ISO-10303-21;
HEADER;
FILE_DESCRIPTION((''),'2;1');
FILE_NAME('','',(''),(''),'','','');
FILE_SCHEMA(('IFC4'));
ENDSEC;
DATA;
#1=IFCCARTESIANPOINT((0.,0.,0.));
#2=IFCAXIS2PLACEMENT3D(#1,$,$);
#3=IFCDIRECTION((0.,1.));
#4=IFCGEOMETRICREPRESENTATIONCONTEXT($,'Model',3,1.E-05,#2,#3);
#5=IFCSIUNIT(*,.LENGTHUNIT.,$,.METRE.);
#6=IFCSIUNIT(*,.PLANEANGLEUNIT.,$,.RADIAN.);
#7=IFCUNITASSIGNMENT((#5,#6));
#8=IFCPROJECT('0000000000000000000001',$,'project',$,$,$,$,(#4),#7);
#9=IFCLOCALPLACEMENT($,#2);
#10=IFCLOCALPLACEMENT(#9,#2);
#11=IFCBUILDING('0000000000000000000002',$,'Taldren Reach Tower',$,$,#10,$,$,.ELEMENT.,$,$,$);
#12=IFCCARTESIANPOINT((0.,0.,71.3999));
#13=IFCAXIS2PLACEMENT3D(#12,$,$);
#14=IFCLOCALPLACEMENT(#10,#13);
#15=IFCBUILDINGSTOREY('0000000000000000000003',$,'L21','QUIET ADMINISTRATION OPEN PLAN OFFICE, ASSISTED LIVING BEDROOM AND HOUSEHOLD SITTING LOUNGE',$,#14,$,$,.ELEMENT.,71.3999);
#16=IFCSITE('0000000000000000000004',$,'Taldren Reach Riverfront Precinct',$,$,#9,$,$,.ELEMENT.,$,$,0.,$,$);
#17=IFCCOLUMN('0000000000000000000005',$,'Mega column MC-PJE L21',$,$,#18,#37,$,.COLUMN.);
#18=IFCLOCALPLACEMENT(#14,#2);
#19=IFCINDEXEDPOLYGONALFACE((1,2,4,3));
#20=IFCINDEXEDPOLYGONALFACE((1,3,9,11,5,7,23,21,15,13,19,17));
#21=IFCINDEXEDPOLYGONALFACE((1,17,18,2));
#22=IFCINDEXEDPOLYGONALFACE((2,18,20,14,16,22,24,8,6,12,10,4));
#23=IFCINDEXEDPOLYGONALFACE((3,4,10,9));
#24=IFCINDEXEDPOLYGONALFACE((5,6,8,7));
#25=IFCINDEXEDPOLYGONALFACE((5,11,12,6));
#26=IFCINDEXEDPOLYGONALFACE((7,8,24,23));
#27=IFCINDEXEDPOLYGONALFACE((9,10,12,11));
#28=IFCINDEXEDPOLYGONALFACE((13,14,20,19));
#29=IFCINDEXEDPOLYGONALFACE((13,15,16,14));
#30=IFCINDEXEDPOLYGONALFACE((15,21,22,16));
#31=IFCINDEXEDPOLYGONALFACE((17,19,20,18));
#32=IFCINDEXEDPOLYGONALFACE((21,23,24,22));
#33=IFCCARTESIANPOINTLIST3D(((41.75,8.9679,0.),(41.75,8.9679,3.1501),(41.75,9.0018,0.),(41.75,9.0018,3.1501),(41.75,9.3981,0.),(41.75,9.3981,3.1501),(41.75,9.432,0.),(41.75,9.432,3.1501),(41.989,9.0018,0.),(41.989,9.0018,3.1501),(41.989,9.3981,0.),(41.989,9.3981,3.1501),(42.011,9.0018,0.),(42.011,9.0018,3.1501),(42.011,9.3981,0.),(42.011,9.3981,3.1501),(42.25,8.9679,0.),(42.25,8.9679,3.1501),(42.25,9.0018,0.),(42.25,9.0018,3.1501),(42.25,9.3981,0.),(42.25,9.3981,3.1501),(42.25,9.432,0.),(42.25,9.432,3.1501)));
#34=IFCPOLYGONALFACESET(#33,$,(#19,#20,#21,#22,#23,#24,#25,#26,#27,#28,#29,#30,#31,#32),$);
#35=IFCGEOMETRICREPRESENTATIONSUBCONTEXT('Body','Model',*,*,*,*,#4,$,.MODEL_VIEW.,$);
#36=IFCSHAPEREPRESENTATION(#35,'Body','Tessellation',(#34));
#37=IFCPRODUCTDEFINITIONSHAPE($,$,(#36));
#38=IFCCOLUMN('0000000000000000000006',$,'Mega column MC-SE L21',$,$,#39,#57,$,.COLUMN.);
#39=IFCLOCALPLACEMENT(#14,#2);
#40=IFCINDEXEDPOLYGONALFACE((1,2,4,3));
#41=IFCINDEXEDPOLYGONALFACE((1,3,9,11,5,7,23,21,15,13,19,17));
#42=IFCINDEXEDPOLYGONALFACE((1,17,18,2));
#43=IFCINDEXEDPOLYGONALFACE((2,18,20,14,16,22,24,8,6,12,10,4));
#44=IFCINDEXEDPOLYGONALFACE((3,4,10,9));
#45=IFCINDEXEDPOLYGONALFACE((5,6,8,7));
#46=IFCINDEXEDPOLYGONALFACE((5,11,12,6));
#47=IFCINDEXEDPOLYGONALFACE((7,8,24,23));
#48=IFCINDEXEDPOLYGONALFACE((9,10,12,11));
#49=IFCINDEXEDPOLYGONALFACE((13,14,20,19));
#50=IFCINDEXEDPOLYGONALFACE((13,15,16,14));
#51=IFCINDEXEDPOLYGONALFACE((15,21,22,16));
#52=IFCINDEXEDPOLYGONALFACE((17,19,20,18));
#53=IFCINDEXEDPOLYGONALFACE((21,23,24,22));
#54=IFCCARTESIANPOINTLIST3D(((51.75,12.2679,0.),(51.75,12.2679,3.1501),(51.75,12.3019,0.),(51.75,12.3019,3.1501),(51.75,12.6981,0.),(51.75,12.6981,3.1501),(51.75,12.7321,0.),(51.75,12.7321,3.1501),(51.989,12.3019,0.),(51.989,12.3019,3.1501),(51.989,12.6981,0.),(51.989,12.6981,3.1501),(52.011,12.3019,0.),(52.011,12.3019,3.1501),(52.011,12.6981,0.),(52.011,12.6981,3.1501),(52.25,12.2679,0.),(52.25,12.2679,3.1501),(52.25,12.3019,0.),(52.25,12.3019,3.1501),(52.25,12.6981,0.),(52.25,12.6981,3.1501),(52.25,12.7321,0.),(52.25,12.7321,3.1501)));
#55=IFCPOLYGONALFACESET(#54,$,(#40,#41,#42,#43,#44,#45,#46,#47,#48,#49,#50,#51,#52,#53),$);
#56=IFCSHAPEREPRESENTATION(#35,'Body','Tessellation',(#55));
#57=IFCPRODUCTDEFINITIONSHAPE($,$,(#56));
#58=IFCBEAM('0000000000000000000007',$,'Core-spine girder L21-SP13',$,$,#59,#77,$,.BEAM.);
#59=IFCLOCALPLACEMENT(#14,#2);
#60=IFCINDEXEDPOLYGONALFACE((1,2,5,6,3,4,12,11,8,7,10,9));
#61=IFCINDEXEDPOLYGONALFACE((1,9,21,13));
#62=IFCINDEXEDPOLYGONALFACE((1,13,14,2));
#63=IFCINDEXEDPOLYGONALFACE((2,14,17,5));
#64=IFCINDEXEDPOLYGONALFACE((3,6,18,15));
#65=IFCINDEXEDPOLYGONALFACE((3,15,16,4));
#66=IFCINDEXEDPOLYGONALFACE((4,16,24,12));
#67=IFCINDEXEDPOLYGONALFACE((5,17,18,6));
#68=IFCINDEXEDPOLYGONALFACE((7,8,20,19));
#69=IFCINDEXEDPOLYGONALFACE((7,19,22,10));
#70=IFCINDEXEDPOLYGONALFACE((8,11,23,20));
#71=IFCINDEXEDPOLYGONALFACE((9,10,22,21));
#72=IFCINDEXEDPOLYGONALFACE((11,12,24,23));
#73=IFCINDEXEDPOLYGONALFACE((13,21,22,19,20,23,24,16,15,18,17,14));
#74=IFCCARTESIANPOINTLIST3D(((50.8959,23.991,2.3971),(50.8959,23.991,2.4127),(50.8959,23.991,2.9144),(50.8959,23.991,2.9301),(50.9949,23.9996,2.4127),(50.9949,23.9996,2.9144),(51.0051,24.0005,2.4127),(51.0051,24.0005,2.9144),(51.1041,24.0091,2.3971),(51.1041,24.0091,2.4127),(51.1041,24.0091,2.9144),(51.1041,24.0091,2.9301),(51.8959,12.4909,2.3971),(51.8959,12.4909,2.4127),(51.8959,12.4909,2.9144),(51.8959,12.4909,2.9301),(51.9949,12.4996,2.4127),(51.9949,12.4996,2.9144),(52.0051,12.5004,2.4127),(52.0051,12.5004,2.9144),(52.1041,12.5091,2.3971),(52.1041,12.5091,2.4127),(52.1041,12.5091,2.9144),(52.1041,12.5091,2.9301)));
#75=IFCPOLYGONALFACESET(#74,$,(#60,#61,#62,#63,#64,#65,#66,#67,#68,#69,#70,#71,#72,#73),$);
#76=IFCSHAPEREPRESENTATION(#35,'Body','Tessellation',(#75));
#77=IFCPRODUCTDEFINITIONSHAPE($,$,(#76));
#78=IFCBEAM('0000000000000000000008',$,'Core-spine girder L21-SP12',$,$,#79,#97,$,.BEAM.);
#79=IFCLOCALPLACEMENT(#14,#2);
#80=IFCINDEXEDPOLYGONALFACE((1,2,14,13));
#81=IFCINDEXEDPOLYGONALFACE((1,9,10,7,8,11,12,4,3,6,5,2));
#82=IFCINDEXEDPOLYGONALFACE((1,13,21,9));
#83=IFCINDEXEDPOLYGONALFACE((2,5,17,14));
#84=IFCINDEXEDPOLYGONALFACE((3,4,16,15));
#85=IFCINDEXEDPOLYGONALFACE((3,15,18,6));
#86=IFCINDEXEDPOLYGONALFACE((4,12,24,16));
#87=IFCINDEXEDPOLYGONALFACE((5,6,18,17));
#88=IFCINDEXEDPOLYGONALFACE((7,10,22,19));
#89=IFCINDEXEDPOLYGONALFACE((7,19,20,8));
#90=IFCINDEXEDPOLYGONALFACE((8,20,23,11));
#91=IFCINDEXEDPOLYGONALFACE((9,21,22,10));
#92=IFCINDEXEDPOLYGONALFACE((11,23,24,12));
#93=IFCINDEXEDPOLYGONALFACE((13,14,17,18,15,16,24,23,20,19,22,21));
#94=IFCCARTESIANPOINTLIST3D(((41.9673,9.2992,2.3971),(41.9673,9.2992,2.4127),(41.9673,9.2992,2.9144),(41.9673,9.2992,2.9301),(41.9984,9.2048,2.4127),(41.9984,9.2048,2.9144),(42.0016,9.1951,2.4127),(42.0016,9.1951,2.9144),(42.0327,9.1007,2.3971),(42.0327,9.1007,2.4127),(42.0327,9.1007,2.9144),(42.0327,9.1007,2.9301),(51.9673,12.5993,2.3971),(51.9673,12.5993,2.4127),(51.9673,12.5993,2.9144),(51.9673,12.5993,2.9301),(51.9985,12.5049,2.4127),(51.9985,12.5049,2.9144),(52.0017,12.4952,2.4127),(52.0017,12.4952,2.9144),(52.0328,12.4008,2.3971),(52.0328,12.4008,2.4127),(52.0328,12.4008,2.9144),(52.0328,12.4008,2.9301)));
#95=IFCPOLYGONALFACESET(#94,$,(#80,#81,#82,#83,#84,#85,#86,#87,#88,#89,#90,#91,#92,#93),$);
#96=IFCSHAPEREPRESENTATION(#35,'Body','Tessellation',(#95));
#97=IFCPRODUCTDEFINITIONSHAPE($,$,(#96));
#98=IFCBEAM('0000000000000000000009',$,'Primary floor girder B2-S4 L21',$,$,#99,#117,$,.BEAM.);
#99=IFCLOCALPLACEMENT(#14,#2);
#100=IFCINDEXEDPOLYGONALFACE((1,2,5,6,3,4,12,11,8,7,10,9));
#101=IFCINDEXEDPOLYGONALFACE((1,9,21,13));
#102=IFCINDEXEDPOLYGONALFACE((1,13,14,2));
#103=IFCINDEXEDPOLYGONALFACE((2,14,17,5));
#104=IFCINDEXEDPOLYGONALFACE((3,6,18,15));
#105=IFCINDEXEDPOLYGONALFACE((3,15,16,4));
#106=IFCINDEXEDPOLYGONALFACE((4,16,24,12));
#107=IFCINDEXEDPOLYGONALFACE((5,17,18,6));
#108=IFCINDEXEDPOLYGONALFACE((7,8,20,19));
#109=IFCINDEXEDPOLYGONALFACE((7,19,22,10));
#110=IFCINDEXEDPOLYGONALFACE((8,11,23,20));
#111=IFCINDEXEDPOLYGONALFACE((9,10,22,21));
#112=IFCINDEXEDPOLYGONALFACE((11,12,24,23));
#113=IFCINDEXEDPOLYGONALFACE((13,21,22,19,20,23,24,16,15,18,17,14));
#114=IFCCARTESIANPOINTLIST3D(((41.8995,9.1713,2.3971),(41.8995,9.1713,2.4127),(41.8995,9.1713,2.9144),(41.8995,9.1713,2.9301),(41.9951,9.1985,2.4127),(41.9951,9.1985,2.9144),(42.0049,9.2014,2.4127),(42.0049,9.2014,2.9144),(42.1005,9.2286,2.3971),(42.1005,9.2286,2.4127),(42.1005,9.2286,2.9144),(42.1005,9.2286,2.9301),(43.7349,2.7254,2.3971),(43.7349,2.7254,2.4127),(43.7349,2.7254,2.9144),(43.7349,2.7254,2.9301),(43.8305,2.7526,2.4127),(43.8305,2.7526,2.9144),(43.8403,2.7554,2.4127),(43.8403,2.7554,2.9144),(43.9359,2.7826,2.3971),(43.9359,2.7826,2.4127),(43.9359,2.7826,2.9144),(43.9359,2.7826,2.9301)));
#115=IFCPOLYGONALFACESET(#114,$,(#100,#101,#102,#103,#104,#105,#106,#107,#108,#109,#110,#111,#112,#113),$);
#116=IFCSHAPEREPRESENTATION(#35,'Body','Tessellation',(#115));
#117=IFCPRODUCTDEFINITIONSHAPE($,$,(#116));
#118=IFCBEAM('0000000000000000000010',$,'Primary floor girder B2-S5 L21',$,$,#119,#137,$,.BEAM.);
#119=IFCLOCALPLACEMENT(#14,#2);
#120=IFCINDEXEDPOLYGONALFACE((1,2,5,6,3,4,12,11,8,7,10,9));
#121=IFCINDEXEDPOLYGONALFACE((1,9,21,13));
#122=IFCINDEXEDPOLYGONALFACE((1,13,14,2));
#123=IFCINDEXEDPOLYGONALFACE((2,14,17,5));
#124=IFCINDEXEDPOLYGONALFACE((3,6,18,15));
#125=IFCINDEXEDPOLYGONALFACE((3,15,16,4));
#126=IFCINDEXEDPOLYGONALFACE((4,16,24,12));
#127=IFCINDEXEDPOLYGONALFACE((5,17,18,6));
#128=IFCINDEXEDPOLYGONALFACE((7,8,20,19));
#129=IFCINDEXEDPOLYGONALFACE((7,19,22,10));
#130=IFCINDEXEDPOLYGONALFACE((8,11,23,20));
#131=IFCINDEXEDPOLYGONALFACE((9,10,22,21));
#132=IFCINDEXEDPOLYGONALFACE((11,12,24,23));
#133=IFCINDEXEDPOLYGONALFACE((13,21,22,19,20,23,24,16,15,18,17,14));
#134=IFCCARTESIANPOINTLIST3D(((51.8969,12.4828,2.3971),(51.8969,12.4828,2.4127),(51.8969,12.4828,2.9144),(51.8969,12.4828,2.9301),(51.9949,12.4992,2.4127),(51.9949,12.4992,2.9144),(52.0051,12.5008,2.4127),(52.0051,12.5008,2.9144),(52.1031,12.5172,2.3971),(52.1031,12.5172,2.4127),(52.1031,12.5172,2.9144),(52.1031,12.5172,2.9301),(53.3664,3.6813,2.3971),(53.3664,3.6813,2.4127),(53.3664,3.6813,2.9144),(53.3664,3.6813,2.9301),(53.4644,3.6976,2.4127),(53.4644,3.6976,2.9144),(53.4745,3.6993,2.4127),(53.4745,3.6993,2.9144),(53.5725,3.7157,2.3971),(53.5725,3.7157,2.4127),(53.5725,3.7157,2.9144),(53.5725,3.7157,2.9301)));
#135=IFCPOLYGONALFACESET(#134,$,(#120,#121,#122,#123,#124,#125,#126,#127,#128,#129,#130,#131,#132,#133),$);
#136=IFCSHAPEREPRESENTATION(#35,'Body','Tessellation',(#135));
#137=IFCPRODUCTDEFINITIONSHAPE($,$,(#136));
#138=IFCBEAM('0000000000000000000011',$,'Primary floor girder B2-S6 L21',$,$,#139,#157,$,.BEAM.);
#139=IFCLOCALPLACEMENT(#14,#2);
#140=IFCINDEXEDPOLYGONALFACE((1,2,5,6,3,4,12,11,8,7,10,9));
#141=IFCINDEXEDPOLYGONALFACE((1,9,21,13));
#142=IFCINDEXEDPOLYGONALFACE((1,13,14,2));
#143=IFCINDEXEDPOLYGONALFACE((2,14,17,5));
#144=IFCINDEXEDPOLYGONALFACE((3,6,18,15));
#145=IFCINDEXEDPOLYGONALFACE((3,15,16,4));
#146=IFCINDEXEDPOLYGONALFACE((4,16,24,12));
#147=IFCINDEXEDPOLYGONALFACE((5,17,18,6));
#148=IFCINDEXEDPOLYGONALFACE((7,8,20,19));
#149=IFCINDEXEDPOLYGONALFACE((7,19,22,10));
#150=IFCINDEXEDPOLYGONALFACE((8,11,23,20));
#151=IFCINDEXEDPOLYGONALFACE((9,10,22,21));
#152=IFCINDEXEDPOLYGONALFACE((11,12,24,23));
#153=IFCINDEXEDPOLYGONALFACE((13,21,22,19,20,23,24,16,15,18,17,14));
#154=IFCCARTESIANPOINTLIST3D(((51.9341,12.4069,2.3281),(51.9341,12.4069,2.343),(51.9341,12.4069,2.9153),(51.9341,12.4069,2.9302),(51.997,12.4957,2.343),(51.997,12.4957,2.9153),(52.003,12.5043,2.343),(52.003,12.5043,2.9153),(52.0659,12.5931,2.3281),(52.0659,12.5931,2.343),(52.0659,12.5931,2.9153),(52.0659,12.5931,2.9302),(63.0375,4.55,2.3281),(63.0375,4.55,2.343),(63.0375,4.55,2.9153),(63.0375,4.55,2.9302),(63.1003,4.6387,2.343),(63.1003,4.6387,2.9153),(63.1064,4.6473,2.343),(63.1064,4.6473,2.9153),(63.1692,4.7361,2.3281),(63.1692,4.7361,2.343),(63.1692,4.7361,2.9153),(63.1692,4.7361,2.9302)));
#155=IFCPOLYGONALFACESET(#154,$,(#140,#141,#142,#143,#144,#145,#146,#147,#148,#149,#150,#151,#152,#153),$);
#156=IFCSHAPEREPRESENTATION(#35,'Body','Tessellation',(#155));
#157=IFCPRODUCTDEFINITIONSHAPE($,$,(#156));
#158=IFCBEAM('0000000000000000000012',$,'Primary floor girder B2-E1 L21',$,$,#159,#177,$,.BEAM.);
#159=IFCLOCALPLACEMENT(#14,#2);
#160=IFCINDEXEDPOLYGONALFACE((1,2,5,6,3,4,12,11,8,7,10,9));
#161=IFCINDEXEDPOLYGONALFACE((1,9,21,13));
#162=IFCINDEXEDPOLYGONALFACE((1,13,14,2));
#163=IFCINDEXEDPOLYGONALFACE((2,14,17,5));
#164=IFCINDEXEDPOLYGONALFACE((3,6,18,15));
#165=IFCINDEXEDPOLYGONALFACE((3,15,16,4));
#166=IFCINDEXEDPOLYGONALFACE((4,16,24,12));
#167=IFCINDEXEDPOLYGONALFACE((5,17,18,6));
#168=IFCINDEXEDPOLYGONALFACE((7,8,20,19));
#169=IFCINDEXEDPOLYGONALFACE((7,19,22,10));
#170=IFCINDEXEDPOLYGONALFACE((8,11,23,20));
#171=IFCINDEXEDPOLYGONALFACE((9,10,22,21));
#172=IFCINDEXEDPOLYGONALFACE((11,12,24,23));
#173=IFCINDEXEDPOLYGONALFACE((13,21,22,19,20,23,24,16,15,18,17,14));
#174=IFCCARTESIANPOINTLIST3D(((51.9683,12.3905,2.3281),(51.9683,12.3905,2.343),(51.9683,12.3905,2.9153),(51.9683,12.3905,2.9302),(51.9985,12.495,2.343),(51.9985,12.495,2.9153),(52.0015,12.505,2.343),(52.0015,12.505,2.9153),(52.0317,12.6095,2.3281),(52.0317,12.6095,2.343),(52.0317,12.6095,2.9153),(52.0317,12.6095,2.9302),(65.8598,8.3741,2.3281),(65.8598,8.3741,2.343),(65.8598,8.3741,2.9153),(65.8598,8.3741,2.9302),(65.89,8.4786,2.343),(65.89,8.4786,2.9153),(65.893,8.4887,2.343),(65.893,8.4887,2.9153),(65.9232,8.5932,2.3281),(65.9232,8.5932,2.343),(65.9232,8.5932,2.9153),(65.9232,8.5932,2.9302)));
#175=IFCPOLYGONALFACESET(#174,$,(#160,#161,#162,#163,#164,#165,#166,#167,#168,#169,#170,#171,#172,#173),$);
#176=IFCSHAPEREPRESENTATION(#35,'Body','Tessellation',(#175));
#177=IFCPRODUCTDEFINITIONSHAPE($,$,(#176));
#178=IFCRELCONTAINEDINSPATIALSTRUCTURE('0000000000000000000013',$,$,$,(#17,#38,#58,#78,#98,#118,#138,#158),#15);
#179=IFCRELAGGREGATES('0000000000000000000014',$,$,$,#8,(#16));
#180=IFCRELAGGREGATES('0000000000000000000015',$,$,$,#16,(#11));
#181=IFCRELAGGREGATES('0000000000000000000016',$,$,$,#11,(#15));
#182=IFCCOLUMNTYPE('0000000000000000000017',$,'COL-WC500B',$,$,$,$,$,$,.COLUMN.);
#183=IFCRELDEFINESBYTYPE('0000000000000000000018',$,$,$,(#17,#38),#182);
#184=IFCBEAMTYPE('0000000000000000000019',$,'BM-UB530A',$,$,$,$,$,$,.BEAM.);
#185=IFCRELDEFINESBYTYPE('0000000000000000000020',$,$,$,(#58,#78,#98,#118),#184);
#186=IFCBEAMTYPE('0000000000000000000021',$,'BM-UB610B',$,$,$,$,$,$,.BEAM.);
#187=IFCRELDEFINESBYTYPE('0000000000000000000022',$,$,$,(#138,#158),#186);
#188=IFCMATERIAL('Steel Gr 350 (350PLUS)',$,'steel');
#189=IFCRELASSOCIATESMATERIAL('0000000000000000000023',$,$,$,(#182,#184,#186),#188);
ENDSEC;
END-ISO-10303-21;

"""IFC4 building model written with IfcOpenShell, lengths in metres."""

from ifc_helpers import new_model, si_unit, direction, frame, origin, origin_2d, place, context, subcontext, project, spatial, i_section, extrude, source, transform, mapped, material, material_profile, profile_set, type_object, element, save


model = new_model("IFC4")

# Units and contexts
model_context = context("Model", 3, precision=1e-05, world=origin(), true_north=direction((0.0, 1.0)))
body_context = subcontext(model_context, "Body", "Model", "MODEL_VIEW")
ifc_project = project(units=[si_unit("LENGTHUNIT", "METRE"), si_unit("PLANEANGLEUNIT", "RADIAN")], contexts=[model_context])

# Site, building, storey
site_placement = place(None, origin())
site = spatial("IfcSite", under=ifc_project, at=site_placement, Name="Taldren Reach Riverfront Precinct", CompositionType="ELEMENT", RefElevation=0.0)
building_placement = place(site_placement, origin())
building = spatial("IfcBuilding", under=site, at=building_placement, Name="Taldren Reach Tower", CompositionType="ELEMENT")
storey_placement = place(building_placement, frame((0.0, 0.0, 71.3999)))
storey = spatial("IfcBuildingStorey", under=building, at=storey_placement, Name="L21", Description="QUIET ADMINISTRATION OPEN PLAN OFFICE, ASSISTED LIVING BEDROOM AND HOUSEHOLD SITTING LOUNGE", CompositionType="ELEMENT", Elevation=71.3999)

# Columns
ifc_material_1 = material(Name="Steel Gr 350 (350PLUS)", Category="steel")
ifc_material_profile_1 = material_profile(ifc_material_1, i_section(OverallWidth=0.5, OverallDepth=0.4641, WebThickness=0.022, FlangeThickness=0.0339, at=origin_2d()), Name="500WC340")
ifc_profile_set_1 = profile_set([ifc_material_profile_1], Name="Steel Gr 350 (350PLUS)")
column_type = type_object("IfcColumnType", Name="COL-WC500B", PredefinedType="COLUMN", material=ifc_profile_set_1)
shared_shape_1 = source(origin(), body_context, "Body", "SweptSolid", [
    extrude(i_section(OverallWidth=0.5, OverallDepth=0.4641, WebThickness=0.022, FlangeThickness=0.0339, at=origin_2d()), origin(), (0.0, 0.0, 1.0), 3.1501),
])
for number, where, z_axis, x_axis, name in (
    (1, (42.0, 9.2, 0.0), (0.0, 0.0, 1.0), (1.0, 0.0, 0.0), "Mega column MC-PJE L21"),
    (2, (52.0, 12.5, 0.0), (0.0, 0.0, 1.0), (1.0, 0.0, 0.0), "Mega column MC-SE L21"),
):
    element("IfcColumn", number, at=place(storey_placement, frame(where, z_axis=z_axis, x_axis=x_axis)), inside=storey, type_object=column_type, Name=name, PredefinedType="COLUMN", context=body_context, shape_type="MappedRepresentation", body=[
        mapped(shared_shape_1, transform((0.0, 0.0, 0.0), scale=1.0)),
    ])

# Beams
ifc_material_profile_2 = material_profile(ifc_material_1, i_section(OverallWidth=0.209, OverallDepth=0.533, WebThickness=0.0103, FlangeThickness=0.0156, at=origin_2d()), Name="530UB92.4")
ifc_profile_set_2 = profile_set([ifc_material_profile_2], Name="Steel Gr 350 (350PLUS)")
beam_type_1 = type_object("IfcBeamType", Name="BM-UB530A", PredefinedType="BEAM", material=ifc_profile_set_2)
shared_shape_2 = source(origin(), body_context, "Body", "SweptSolid", [
    extrude(i_section(OverallWidth=0.209, OverallDepth=0.533, WebThickness=0.0103, FlangeThickness=0.0156, at=origin_2d()), origin(), (0.0, 0.0, 1.0), 11.5435),
])
beam_1_placement = place(storey_placement, frame((52.0, 12.5, 2.6636), z_axis=(-0.08663, 0.996241, 0.0), x_axis=(-0.996241, -0.08663, 0.0)))
element("IfcBeam", 3, at=beam_1_placement, inside=storey, type_object=beam_type_1, Name="Core-spine girder L21-SP13", PredefinedType="BEAM", context=body_context, shape_type="MappedRepresentation", body=[
    mapped(shared_shape_2, transform((0.0, 0.0, 0.0), scale=1.0)),
])
shared_shape_3 = source(origin(), body_context, "Body", "SweptSolid", [
    extrude(i_section(OverallWidth=0.209, OverallDepth=0.533, WebThickness=0.0103, FlangeThickness=0.0156, at=origin_2d()), origin(), (0.0, 0.0, 1.0), 10.5305),
])
beam_2_placement = place(storey_placement, frame((42.0, 9.2, 2.6636), z_axis=(0.949627, 0.313382, 0.0), x_axis=(-0.313382, 0.949627, 0.0)))
element("IfcBeam", 4, at=beam_2_placement, inside=storey, type_object=beam_type_1, Name="Core-spine girder L21-SP12", PredefinedType="BEAM", context=body_context, shape_type="MappedRepresentation", body=[
    mapped(shared_shape_3, transform((0.0, 0.0, 0.0), scale=1.0)),
])
shared_shape_4 = source(origin(), body_context, "Body", "SweptSolid", [
    extrude(i_section(OverallWidth=0.209, OverallDepth=0.533, WebThickness=0.0103, FlangeThickness=0.0156, at=origin_2d()), origin(), (0.0, 0.0, 1.0), 6.7021),
])
beam_3_placement = place(storey_placement, frame((42.0, 9.2, 2.6636), z_axis=(0.273855, -0.961771, 0.0), x_axis=(0.961771, 0.273855, 0.0)))
element("IfcBeam", 5, at=beam_3_placement, inside=storey, type_object=beam_type_1, Name="Primary floor girder B2-S4 L21", PredefinedType="BEAM", context=body_context, shape_type="MappedRepresentation", body=[
    mapped(shared_shape_4, transform((0.0, 0.0, 0.0), scale=1.0)),
])
shared_shape_5 = source(origin(), body_context, "Body", "SweptSolid", [
    extrude(i_section(OverallWidth=0.209, OverallDepth=0.533, WebThickness=0.0103, FlangeThickness=0.0156, at=origin_2d()), origin(), (0.0, 0.0, 1.0), 8.9233),
])
beam_4_placement = place(storey_placement, frame((52.0, 12.5, 2.6636), z_axis=(0.164678, -0.986347, 0.0), x_axis=(0.986347, 0.164678, 0.0)))
element("IfcBeam", 6, at=beam_4_placement, inside=storey, type_object=beam_type_1, Name="Primary floor girder B2-S5 L21", PredefinedType="BEAM", context=body_context, shape_type="MappedRepresentation", body=[
    mapped(shared_shape_5, transform((0.0, 0.0, 0.0), scale=1.0)),
])
ifc_material_profile_3 = material_profile(ifc_material_1, i_section(OverallWidth=0.228, OverallDepth=0.6021, WebThickness=0.0105, FlangeThickness=0.0149, at=origin_2d()), Name="610UB101")
ifc_profile_set_3 = profile_set([ifc_material_profile_3], Name="Steel Gr 350 (350PLUS)")
beam_type_2 = type_object("IfcBeamType", Name="BM-UB610B", PredefinedType="BEAM", material=ifc_profile_set_3)
shared_shape_6 = source(origin(), body_context, "Body", "SweptSolid", [
    extrude(i_section(OverallWidth=0.228, OverallDepth=0.6021, WebThickness=0.0105, FlangeThickness=0.0149, at=origin_2d()), origin(), (0.0, 0.0, 1.0), 13.6021),
])
beam_5_placement = place(storey_placement, frame((52.0, 12.5, 2.6292), z_axis=(0.816298, -0.577631, 0.0), x_axis=(0.577631, 0.816298, 0.0)))
element("IfcBeam", 7, at=beam_5_placement, inside=storey, type_object=beam_type_2, Name="Primary floor girder B2-S6 L21", PredefinedType="BEAM", context=body_context, shape_type="MappedRepresentation", body=[
    mapped(shared_shape_6, transform((0.0, 0.0, 0.0), scale=1.0)),
])
shared_shape_7 = source(origin(), body_context, "Body", "SweptSolid", [
    extrude(i_section(OverallWidth=0.228, OverallDepth=0.6021, WebThickness=0.0105, FlangeThickness=0.0149, at=origin_2d()), origin(), (0.0, 0.0, 1.0), 14.4604),
])
beam_6_placement = place(storey_placement, frame((52.0, 12.5, 2.6292), z_axis=(0.960655, -0.277746, 0.0), x_axis=(0.277746, 0.960655, 0.0)))
element("IfcBeam", 8, at=beam_6_placement, inside=storey, type_object=beam_type_2, Name="Primary floor girder B2-E1 L21", PredefinedType="BEAM", context=body_context, shape_type="MappedRepresentation", body=[
    mapped(shared_shape_7, transform((0.0, 0.0, 0.0), scale=1.0)),
])

save(model, "model.ifc")
